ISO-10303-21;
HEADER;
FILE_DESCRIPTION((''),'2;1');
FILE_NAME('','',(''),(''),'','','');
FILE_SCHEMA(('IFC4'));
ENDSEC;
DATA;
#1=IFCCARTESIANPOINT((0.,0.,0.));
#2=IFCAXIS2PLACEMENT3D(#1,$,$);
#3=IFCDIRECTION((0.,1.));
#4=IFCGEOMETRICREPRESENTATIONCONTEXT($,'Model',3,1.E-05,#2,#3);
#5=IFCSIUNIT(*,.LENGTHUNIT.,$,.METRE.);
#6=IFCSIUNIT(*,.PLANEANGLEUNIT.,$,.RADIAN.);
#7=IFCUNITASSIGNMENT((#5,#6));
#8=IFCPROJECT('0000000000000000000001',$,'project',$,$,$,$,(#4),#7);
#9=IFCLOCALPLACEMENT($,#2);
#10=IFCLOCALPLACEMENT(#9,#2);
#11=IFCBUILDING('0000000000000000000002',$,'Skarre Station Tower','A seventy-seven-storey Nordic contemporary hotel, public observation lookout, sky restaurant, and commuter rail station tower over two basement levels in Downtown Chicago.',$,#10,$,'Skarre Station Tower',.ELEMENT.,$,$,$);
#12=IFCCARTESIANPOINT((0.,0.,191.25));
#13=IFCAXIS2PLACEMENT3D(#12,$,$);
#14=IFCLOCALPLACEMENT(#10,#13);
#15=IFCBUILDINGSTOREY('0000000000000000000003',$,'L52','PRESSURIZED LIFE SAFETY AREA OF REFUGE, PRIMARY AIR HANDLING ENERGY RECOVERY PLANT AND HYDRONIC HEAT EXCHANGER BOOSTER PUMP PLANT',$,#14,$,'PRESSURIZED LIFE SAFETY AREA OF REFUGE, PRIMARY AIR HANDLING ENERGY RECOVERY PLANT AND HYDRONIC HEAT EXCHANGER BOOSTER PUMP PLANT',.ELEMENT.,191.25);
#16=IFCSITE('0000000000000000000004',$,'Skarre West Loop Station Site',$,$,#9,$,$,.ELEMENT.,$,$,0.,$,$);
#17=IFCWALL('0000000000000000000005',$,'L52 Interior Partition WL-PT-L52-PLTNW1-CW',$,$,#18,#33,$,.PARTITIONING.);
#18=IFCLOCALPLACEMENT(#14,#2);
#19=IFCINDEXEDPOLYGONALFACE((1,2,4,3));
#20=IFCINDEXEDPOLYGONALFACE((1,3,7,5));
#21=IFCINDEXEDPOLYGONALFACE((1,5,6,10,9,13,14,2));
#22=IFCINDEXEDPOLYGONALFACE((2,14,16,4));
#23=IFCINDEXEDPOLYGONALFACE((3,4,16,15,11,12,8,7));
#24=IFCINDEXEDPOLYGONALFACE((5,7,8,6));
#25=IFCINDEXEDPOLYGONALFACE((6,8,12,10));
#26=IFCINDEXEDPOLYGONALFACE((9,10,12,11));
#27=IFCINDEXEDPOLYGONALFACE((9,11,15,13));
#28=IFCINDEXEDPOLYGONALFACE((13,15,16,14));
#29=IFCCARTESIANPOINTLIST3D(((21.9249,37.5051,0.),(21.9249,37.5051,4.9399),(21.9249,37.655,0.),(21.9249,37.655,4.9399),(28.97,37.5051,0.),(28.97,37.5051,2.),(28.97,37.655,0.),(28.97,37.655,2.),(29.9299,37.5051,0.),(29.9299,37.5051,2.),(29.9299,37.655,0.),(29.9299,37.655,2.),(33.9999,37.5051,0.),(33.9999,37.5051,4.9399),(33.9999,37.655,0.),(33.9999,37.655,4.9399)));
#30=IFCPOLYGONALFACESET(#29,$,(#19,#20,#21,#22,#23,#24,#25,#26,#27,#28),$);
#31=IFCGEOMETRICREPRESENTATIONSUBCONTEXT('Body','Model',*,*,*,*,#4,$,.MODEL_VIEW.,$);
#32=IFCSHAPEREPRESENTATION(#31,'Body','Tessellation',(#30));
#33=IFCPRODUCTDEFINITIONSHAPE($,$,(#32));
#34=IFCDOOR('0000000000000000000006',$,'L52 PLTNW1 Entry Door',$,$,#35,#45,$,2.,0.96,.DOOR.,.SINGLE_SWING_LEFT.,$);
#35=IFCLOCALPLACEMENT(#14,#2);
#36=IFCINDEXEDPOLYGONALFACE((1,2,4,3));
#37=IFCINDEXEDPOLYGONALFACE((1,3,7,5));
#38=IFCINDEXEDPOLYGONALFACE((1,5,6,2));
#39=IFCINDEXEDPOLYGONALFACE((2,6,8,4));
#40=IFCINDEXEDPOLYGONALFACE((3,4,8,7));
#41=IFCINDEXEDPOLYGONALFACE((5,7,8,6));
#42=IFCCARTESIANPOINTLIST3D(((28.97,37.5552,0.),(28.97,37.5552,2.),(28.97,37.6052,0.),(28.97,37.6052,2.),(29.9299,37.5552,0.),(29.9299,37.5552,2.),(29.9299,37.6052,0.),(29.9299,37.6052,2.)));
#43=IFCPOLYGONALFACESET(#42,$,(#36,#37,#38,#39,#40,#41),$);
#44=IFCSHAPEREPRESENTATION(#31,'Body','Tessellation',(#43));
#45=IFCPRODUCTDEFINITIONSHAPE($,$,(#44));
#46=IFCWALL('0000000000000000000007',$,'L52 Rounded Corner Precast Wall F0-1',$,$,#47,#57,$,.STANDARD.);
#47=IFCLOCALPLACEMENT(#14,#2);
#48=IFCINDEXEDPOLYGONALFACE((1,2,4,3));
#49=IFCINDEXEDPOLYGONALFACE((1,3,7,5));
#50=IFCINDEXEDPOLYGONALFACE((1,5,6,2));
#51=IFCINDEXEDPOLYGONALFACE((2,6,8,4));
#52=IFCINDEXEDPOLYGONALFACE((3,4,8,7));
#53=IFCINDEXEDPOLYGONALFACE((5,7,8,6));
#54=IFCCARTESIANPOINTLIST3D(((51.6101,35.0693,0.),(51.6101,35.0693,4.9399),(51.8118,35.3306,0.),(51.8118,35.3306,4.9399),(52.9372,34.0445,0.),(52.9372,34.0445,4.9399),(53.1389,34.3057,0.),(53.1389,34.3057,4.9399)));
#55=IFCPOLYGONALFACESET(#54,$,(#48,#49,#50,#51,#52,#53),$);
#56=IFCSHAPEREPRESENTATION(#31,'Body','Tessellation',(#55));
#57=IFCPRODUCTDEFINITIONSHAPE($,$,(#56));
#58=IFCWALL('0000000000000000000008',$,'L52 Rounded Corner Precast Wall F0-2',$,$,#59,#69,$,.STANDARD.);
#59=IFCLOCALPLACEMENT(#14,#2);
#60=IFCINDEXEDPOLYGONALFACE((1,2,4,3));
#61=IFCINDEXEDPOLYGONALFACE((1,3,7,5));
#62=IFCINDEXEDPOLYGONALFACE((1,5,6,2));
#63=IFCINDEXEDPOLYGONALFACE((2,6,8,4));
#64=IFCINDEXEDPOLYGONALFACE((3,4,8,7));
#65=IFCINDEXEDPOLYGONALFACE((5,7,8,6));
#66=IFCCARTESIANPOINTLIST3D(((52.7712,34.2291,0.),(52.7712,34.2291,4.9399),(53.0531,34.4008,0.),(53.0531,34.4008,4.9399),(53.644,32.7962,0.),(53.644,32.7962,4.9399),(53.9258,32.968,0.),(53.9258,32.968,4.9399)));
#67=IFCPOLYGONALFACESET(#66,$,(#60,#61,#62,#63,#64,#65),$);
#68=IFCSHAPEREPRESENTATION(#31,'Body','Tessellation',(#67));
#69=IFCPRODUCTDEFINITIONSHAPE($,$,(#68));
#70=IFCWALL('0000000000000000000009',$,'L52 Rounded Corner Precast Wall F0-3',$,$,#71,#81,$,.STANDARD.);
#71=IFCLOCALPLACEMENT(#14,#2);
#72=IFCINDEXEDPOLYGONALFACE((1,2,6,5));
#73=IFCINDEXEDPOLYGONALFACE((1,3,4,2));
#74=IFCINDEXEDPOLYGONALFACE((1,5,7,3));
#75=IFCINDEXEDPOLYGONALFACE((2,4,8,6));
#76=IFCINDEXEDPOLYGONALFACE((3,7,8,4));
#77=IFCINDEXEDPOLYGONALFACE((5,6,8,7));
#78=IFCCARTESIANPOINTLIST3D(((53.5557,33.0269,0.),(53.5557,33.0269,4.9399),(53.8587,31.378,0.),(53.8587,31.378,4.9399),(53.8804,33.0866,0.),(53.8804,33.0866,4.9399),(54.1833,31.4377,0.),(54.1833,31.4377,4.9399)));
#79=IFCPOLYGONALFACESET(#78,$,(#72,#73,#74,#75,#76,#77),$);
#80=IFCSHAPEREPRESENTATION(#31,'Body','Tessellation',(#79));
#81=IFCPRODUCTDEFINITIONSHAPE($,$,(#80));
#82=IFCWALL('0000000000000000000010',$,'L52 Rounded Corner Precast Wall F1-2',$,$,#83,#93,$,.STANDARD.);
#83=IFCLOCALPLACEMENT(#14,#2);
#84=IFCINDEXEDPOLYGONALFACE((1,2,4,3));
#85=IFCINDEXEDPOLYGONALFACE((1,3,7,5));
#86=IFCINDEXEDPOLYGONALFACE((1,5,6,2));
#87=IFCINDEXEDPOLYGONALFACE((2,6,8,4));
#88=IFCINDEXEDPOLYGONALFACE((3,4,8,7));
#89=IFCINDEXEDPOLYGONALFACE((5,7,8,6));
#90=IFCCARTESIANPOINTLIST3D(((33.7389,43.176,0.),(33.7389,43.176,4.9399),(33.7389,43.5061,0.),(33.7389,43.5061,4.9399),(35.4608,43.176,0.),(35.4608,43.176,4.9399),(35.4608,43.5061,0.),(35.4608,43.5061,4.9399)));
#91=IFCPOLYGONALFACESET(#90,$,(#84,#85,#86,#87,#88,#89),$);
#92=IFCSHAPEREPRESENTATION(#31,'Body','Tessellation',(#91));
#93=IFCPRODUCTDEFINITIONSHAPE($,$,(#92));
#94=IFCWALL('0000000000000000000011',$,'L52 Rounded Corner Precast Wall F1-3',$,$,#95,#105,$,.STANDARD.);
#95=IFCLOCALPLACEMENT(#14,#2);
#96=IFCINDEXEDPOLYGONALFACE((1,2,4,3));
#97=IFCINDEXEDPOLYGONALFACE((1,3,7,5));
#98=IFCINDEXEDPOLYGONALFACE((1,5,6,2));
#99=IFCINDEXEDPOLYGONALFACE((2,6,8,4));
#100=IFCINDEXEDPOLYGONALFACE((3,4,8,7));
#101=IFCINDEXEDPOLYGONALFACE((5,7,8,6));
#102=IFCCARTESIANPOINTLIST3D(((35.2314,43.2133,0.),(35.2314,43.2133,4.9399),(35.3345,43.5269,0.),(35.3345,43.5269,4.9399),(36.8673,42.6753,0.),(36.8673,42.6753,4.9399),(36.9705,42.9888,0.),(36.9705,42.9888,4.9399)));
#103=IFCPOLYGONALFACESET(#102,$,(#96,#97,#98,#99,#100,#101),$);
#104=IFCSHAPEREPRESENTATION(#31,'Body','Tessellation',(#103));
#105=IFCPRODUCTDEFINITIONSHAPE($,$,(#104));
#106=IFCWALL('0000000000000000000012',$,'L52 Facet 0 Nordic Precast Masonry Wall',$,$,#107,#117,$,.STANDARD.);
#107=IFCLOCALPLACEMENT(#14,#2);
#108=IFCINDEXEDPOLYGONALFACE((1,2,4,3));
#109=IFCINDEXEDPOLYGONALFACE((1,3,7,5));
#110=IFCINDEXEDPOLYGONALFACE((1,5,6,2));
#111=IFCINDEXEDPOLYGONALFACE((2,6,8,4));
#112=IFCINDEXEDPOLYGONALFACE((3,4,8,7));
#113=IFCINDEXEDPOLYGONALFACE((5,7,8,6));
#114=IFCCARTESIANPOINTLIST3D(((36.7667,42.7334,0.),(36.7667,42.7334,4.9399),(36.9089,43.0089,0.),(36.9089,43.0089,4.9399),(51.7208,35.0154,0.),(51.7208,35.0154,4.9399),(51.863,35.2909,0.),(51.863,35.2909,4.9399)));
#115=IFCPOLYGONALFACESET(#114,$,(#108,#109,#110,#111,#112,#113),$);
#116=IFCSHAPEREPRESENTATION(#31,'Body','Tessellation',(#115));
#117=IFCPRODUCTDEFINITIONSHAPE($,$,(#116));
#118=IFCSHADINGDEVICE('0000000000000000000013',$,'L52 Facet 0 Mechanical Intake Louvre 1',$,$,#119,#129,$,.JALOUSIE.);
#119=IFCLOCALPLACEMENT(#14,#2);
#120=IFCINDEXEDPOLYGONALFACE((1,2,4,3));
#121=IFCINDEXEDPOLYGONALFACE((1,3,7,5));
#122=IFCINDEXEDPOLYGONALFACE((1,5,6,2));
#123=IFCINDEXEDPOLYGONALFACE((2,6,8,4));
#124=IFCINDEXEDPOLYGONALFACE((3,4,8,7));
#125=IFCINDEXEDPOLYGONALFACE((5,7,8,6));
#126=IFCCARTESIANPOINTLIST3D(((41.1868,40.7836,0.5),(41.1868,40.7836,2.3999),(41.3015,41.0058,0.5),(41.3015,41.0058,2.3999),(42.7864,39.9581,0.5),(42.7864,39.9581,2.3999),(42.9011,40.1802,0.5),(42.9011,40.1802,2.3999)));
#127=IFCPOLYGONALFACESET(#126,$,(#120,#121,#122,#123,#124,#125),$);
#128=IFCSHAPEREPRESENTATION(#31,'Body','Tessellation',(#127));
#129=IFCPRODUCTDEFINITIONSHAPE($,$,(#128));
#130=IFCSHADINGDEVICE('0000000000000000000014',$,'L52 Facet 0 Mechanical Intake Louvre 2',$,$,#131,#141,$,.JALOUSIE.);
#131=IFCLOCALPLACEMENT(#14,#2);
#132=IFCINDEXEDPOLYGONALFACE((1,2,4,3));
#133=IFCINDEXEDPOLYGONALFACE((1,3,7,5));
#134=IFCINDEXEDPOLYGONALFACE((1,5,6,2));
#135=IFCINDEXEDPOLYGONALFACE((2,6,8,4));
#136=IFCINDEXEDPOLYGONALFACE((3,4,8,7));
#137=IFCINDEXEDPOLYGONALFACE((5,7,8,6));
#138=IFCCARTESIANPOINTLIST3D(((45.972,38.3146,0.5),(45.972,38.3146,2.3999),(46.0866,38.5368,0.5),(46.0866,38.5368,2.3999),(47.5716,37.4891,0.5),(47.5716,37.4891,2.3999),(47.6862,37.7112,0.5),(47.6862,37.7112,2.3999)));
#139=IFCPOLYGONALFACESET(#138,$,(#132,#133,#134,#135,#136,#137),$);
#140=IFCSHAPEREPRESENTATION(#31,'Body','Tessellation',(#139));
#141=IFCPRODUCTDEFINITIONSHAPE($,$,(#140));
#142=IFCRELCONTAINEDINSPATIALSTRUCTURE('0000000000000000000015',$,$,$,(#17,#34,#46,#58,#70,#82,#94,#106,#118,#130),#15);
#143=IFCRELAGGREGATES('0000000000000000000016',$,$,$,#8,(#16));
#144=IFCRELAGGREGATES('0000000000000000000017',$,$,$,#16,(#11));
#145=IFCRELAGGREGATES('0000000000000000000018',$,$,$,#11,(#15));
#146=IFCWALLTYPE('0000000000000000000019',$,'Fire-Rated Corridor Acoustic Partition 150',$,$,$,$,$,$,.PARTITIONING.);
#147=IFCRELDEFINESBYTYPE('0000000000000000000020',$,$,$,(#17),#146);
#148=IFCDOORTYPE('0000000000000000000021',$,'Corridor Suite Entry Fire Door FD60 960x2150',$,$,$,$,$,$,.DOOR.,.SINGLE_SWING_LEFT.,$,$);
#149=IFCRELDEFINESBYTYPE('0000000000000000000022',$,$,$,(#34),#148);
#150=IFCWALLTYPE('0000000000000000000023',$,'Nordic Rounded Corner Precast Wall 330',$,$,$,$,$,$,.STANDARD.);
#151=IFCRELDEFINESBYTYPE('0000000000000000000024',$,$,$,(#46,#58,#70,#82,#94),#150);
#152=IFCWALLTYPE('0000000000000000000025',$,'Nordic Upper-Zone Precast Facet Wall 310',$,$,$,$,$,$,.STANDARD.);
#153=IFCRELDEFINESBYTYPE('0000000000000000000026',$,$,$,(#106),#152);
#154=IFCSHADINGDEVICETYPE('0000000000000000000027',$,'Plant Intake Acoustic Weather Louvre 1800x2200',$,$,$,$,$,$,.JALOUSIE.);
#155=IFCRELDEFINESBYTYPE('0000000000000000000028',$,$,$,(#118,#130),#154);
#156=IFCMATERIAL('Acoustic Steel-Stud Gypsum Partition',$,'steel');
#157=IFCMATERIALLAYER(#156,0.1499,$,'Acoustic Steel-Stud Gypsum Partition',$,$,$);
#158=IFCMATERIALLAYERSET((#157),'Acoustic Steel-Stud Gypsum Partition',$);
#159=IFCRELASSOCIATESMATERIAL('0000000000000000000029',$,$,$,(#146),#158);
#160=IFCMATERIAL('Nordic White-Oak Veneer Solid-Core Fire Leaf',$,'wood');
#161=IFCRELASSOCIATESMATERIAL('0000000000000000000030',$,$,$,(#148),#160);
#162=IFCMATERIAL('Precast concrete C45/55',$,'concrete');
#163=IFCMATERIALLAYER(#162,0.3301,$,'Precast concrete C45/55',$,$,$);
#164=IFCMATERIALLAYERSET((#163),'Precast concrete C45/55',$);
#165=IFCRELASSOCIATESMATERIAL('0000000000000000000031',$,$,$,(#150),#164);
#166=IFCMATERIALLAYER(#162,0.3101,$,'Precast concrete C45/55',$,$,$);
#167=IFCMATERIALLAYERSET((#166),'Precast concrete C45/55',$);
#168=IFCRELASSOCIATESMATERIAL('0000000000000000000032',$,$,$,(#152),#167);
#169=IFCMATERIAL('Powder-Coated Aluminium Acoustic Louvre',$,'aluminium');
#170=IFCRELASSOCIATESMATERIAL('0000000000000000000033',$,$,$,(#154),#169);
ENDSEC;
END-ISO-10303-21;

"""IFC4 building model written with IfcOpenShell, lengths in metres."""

from ifc_helpers import new_model, si_unit, direction, frame, frame_2d, origin, origin_2d, place, context, subcontext, project, spatial, rectangle, extrude, material, layer, layer_set, type_object, element, fill, save


model = new_model("IFC4")

# Units and contexts
model_context = context("Model", 3, precision=1e-05, world=origin(), true_north=direction((0.0, 1.0)))
body_context = subcontext(model_context, "Body", "Model", "MODEL_VIEW")
ifc_project = project(units=[si_unit("LENGTHUNIT", "METRE"), si_unit("PLANEANGLEUNIT", "RADIAN")], contexts=[model_context])

# Site, building, storey
site_placement = place(None, origin())
site = spatial("IfcSite", under=ifc_project, at=site_placement, Name="Skarre West Loop Station Site", CompositionType="ELEMENT", RefElevation=0.0)
building_placement = place(site_placement, origin())
building = spatial("IfcBuilding", under=site, at=building_placement, Name="Skarre Station Tower", Description="A seventy-seven-storey Nordic contemporary hotel, public observation lookout, sky restaurant, and commuter rail station tower over two basement levels in Downtown Chicago.", LongName="Skarre Station Tower", CompositionType="ELEMENT")
storey_placement = place(building_placement, frame((0.0, 0.0, 191.25)))
storey = spatial("IfcBuildingStorey", under=building, at=storey_placement, Name="L52", Description="PRESSURIZED LIFE SAFETY AREA OF REFUGE, PRIMARY AIR HANDLING ENERGY RECOVERY PLANT AND HYDRONIC HEAT EXCHANGER BOOSTER PUMP PLANT", LongName="PRESSURIZED LIFE SAFETY AREA OF REFUGE, PRIMARY AIR HANDLING ENERGY RECOVERY PLANT AND HYDRONIC HEAT EXCHANGER BOOSTER PUMP PLANT", CompositionType="ELEMENT", Elevation=191.25)

# Wall, opening, door
ifc_material_1 = material(Name="Acoustic Steel-Stud Gypsum Partition", Category="steel")
ifc_layer_1 = layer(ifc_material_1, 0.1499, Name="Acoustic Steel-Stud Gypsum Partition")
ifc_layer_set_1 = layer_set([ifc_layer_1], Name="Acoustic Steel-Stud Gypsum Partition")
wall_type_1 = type_object("IfcWallType", Name="Fire-Rated Corridor Acoustic Partition 150", PredefinedType="PARTITIONING", material=ifc_layer_set_1)
wall_1_placement = place(storey_placement, frame((34.0, 37.5801, 0.0), z_axis=(0.0, 0.0, 1.0), x_axis=(-1.0, 0.0, 0.0)))
wall_1 = element("IfcWall", 1, at=wall_1_placement, inside=storey, type_object=wall_type_1, Name="L52 Interior Partition WL-PT-L52-PLTNW1-CW", PredefinedType="PARTITIONING", context=body_context, shape_type="SweptSolid", body=[
    extrude(rectangle(XDim=12.075, YDim=0.1499, at=frame_2d((6.0376, 0.0))), origin(), (0.0, 0.0, 1.0), 4.9399),
])
opening_placement = place(wall_1_placement, frame((4.0701, 0.0, 0.0)))
opening = element("IfcOpeningElement", 2, at=opening_placement, cuts=wall_1, PredefinedType="OPENING", context=body_context, shape_type="SweptSolid", body=[
    extrude(rectangle(XDim=0.96, YDim=2.0, at=frame_2d((0.48, 1.0))), frame((0.0, 0.085, 0.0), z_axis=(0.0, -1.0, 0.0), x_axis=(1.0, 0.0, 0.0)), (0.0, 0.0, 1.0), 0.1699),
])
ifc_material_2 = material(Name="Nordic White-Oak Veneer Solid-Core Fire Leaf", Category="wood")
door_type = type_object("IfcDoorType", Name="Corridor Suite Entry Fire Door FD60 960x2150", OperationType="SINGLE_SWING_LEFT", PredefinedType="DOOR", material=ifc_material_2)
door_placement = place(opening_placement, origin())
door = element("IfcDoor", 3, at=door_placement, inside=storey, type_object=door_type, Name="L52 PLTNW1 Entry Door", OperationType="SINGLE_SWING_LEFT", OverallHeight=2.0, OverallWidth=0.96, PredefinedType="DOOR", context=body_context, shape_type="SweptSolid", body=[
    extrude(rectangle(XDim=0.96, YDim=2.0, at=frame_2d((0.48, 1.0))), frame((0.0, 0.0249, 0.0), z_axis=(0.0, -1.0, 0.0), x_axis=(1.0, 0.0, 0.0)), (0.0, 0.0, 1.0), 0.05),
])
fill(opening, door)

# Walls
ifc_material_3 = material(Name="Precast concrete C45/55", Category="concrete")
ifc_layer_2 = layer(ifc_material_3, 0.3301, Name="Precast concrete C45/55")
ifc_layer_set_2 = layer_set([ifc_layer_2], Name="Precast concrete C45/55")
wall_type_2 = type_object("IfcWallType", Name="Nordic Rounded Corner Precast Wall 330", PredefinedType="STANDARD", material=ifc_layer_set_2)
wall_2_placement = place(storey_placement, frame((51.7109, 35.2, 0.0), z_axis=(0.0, 0.0, 1.0), x_axis=(0.791464, -0.611215, 0.0)))
element("IfcWall", 4, at=wall_2_placement, inside=storey, type_object=wall_type_2, Name="L52 Rounded Corner Precast Wall F0-1", PredefinedType="STANDARD", context=body_context, shape_type="SweptSolid", body=[
    extrude(rectangle(XDim=1.6768, YDim=0.3301, at=frame_2d((0.8384, 0.0))), origin(), (0.0, 0.0, 1.0), 4.9399),
])
wall_3_placement = place(storey_placement, frame((52.9121, 34.3149, 0.0), z_axis=(0.0, 0.0, 1.0), x_axis=(0.520219, -0.854033, 0.0)))
element("IfcWall", 5, at=wall_3_placement, inside=storey, type_object=wall_type_2, Name="L52 Rounded Corner Precast Wall F0-2", PredefinedType="STANDARD", context=body_context, shape_type="SweptSolid", body=[
    extrude(rectangle(XDim=1.6777, YDim=0.3301, at=frame_2d((0.8389, 0.0))), origin(), (0.0, 0.0, 1.0), 4.9399),
])
wall_4_placement = place(storey_placement, frame((53.718, 33.0569, 0.0), z_axis=(0.0, 0.0, 1.0), x_axis=(0.180718, -0.983535, 0.0)))
element("IfcWall", 6, at=wall_4_placement, inside=storey, type_object=wall_type_2, Name="L52 Rounded Corner Precast Wall F0-3", PredefinedType="STANDARD", context=body_context, shape_type="SweptSolid", body=[
    extrude(rectangle(XDim=1.6765, YDim=0.3301, at=frame_2d((0.8384, 0.0))), origin(), (0.0, 0.0, 1.0), 4.9399),
])
wall_5_placement = place(storey_placement, frame((33.739, 43.3411, 0.0), z_axis=(0.0, 0.0, 1.0), x_axis=(1.0, 0.0, 0.0)))
element("IfcWall", 7, at=wall_5_placement, inside=storey, type_object=wall_type_2, Name="L52 Rounded Corner Precast Wall F1-2", PredefinedType="STANDARD", context=body_context, shape_type="SweptSolid", body=[
    extrude(rectangle(XDim=1.7219, YDim=0.3301, at=frame_2d((0.8608, 0.0))), origin(), (0.0, 0.0, 1.0), 4.9399),
])
wall_6_placement = place(storey_placement, frame((35.283, 43.3701, 0.0), z_axis=(0.0, 0.0, 1.0), x_axis=(0.949937, -0.31244, 0.0)))
element("IfcWall", 8, at=wall_6_placement, inside=storey, type_object=wall_type_2, Name="L52 Rounded Corner Precast Wall F1-3", PredefinedType="STANDARD", context=body_context, shape_type="SweptSolid", body=[
    extrude(rectangle(XDim=1.7222, YDim=0.3301, at=frame_2d((0.8611, 0.0))), origin(), (0.0, 0.0, 1.0), 4.9399),
])
ifc_layer_3 = layer(ifc_material_3, 0.3101, Name="Precast concrete C45/55")
ifc_layer_set_3 = layer_set([ifc_layer_3], Name="Precast concrete C45/55")
wall_type_3 = type_object("IfcWallType", Name="Nordic Upper-Zone Precast Facet Wall 310", PredefinedType="STANDARD", material=ifc_layer_set_3)
wall_7_placement = place(storey_placement, frame((36.8379, 42.8711, 0.0), z_axis=(0.0, 0.0, 1.0), x_axis=(0.888626, -0.458632, 0.0)))
element("IfcWall", 9, at=wall_7_placement, inside=storey, type_object=wall_type_3, Name="L52 Facet 0 Nordic Precast Masonry Wall", PredefinedType="STANDARD", context=body_context, shape_type="SweptSolid", body=[
    extrude(rectangle(XDim=16.8284, YDim=0.3101, at=frame_2d((8.4141, 0.0))), origin(), (0.0, 0.0, 1.0), 4.9399),
])

# Shading devices
ifc_material_4 = material(Name="Powder-Coated Aluminium Acoustic Louvre", Category="aluminium")
shading_device_type = type_object("IfcShadingDeviceType", Name="Plant Intake Acoustic Weather Louvre 1800x2200", PredefinedType="JALOUSIE", material=ifc_material_4)
for number, where, z_axis, x_axis, name in (
    (10, (42.0439, 40.4819, 0.5), (0.0, 0.0, 1.0), (0.458634, 0.888625, 0.0), "L52 Facet 0 Mechanical Intake Louvre 1"),
    (11, (46.8291, 38.0129, 0.5), (0.0, 0.0, 1.0), (0.458634, 0.888625, 0.0), "L52 Facet 0 Mechanical Intake Louvre 2"),
):
    element("IfcShadingDevice", number, at=place(storey_placement, frame(where, z_axis=z_axis, x_axis=x_axis)), inside=storey, type_object=shading_device_type, Name=name, PredefinedType="JALOUSIE", context=body_context, shape_type="SweptSolid", body=[
        extrude(rectangle(XDim=0.25, YDim=1.8, at=origin_2d()), origin(), (0.0, 0.0, 1.0), 1.8999),
    ])

save(model, "model.ifc")
